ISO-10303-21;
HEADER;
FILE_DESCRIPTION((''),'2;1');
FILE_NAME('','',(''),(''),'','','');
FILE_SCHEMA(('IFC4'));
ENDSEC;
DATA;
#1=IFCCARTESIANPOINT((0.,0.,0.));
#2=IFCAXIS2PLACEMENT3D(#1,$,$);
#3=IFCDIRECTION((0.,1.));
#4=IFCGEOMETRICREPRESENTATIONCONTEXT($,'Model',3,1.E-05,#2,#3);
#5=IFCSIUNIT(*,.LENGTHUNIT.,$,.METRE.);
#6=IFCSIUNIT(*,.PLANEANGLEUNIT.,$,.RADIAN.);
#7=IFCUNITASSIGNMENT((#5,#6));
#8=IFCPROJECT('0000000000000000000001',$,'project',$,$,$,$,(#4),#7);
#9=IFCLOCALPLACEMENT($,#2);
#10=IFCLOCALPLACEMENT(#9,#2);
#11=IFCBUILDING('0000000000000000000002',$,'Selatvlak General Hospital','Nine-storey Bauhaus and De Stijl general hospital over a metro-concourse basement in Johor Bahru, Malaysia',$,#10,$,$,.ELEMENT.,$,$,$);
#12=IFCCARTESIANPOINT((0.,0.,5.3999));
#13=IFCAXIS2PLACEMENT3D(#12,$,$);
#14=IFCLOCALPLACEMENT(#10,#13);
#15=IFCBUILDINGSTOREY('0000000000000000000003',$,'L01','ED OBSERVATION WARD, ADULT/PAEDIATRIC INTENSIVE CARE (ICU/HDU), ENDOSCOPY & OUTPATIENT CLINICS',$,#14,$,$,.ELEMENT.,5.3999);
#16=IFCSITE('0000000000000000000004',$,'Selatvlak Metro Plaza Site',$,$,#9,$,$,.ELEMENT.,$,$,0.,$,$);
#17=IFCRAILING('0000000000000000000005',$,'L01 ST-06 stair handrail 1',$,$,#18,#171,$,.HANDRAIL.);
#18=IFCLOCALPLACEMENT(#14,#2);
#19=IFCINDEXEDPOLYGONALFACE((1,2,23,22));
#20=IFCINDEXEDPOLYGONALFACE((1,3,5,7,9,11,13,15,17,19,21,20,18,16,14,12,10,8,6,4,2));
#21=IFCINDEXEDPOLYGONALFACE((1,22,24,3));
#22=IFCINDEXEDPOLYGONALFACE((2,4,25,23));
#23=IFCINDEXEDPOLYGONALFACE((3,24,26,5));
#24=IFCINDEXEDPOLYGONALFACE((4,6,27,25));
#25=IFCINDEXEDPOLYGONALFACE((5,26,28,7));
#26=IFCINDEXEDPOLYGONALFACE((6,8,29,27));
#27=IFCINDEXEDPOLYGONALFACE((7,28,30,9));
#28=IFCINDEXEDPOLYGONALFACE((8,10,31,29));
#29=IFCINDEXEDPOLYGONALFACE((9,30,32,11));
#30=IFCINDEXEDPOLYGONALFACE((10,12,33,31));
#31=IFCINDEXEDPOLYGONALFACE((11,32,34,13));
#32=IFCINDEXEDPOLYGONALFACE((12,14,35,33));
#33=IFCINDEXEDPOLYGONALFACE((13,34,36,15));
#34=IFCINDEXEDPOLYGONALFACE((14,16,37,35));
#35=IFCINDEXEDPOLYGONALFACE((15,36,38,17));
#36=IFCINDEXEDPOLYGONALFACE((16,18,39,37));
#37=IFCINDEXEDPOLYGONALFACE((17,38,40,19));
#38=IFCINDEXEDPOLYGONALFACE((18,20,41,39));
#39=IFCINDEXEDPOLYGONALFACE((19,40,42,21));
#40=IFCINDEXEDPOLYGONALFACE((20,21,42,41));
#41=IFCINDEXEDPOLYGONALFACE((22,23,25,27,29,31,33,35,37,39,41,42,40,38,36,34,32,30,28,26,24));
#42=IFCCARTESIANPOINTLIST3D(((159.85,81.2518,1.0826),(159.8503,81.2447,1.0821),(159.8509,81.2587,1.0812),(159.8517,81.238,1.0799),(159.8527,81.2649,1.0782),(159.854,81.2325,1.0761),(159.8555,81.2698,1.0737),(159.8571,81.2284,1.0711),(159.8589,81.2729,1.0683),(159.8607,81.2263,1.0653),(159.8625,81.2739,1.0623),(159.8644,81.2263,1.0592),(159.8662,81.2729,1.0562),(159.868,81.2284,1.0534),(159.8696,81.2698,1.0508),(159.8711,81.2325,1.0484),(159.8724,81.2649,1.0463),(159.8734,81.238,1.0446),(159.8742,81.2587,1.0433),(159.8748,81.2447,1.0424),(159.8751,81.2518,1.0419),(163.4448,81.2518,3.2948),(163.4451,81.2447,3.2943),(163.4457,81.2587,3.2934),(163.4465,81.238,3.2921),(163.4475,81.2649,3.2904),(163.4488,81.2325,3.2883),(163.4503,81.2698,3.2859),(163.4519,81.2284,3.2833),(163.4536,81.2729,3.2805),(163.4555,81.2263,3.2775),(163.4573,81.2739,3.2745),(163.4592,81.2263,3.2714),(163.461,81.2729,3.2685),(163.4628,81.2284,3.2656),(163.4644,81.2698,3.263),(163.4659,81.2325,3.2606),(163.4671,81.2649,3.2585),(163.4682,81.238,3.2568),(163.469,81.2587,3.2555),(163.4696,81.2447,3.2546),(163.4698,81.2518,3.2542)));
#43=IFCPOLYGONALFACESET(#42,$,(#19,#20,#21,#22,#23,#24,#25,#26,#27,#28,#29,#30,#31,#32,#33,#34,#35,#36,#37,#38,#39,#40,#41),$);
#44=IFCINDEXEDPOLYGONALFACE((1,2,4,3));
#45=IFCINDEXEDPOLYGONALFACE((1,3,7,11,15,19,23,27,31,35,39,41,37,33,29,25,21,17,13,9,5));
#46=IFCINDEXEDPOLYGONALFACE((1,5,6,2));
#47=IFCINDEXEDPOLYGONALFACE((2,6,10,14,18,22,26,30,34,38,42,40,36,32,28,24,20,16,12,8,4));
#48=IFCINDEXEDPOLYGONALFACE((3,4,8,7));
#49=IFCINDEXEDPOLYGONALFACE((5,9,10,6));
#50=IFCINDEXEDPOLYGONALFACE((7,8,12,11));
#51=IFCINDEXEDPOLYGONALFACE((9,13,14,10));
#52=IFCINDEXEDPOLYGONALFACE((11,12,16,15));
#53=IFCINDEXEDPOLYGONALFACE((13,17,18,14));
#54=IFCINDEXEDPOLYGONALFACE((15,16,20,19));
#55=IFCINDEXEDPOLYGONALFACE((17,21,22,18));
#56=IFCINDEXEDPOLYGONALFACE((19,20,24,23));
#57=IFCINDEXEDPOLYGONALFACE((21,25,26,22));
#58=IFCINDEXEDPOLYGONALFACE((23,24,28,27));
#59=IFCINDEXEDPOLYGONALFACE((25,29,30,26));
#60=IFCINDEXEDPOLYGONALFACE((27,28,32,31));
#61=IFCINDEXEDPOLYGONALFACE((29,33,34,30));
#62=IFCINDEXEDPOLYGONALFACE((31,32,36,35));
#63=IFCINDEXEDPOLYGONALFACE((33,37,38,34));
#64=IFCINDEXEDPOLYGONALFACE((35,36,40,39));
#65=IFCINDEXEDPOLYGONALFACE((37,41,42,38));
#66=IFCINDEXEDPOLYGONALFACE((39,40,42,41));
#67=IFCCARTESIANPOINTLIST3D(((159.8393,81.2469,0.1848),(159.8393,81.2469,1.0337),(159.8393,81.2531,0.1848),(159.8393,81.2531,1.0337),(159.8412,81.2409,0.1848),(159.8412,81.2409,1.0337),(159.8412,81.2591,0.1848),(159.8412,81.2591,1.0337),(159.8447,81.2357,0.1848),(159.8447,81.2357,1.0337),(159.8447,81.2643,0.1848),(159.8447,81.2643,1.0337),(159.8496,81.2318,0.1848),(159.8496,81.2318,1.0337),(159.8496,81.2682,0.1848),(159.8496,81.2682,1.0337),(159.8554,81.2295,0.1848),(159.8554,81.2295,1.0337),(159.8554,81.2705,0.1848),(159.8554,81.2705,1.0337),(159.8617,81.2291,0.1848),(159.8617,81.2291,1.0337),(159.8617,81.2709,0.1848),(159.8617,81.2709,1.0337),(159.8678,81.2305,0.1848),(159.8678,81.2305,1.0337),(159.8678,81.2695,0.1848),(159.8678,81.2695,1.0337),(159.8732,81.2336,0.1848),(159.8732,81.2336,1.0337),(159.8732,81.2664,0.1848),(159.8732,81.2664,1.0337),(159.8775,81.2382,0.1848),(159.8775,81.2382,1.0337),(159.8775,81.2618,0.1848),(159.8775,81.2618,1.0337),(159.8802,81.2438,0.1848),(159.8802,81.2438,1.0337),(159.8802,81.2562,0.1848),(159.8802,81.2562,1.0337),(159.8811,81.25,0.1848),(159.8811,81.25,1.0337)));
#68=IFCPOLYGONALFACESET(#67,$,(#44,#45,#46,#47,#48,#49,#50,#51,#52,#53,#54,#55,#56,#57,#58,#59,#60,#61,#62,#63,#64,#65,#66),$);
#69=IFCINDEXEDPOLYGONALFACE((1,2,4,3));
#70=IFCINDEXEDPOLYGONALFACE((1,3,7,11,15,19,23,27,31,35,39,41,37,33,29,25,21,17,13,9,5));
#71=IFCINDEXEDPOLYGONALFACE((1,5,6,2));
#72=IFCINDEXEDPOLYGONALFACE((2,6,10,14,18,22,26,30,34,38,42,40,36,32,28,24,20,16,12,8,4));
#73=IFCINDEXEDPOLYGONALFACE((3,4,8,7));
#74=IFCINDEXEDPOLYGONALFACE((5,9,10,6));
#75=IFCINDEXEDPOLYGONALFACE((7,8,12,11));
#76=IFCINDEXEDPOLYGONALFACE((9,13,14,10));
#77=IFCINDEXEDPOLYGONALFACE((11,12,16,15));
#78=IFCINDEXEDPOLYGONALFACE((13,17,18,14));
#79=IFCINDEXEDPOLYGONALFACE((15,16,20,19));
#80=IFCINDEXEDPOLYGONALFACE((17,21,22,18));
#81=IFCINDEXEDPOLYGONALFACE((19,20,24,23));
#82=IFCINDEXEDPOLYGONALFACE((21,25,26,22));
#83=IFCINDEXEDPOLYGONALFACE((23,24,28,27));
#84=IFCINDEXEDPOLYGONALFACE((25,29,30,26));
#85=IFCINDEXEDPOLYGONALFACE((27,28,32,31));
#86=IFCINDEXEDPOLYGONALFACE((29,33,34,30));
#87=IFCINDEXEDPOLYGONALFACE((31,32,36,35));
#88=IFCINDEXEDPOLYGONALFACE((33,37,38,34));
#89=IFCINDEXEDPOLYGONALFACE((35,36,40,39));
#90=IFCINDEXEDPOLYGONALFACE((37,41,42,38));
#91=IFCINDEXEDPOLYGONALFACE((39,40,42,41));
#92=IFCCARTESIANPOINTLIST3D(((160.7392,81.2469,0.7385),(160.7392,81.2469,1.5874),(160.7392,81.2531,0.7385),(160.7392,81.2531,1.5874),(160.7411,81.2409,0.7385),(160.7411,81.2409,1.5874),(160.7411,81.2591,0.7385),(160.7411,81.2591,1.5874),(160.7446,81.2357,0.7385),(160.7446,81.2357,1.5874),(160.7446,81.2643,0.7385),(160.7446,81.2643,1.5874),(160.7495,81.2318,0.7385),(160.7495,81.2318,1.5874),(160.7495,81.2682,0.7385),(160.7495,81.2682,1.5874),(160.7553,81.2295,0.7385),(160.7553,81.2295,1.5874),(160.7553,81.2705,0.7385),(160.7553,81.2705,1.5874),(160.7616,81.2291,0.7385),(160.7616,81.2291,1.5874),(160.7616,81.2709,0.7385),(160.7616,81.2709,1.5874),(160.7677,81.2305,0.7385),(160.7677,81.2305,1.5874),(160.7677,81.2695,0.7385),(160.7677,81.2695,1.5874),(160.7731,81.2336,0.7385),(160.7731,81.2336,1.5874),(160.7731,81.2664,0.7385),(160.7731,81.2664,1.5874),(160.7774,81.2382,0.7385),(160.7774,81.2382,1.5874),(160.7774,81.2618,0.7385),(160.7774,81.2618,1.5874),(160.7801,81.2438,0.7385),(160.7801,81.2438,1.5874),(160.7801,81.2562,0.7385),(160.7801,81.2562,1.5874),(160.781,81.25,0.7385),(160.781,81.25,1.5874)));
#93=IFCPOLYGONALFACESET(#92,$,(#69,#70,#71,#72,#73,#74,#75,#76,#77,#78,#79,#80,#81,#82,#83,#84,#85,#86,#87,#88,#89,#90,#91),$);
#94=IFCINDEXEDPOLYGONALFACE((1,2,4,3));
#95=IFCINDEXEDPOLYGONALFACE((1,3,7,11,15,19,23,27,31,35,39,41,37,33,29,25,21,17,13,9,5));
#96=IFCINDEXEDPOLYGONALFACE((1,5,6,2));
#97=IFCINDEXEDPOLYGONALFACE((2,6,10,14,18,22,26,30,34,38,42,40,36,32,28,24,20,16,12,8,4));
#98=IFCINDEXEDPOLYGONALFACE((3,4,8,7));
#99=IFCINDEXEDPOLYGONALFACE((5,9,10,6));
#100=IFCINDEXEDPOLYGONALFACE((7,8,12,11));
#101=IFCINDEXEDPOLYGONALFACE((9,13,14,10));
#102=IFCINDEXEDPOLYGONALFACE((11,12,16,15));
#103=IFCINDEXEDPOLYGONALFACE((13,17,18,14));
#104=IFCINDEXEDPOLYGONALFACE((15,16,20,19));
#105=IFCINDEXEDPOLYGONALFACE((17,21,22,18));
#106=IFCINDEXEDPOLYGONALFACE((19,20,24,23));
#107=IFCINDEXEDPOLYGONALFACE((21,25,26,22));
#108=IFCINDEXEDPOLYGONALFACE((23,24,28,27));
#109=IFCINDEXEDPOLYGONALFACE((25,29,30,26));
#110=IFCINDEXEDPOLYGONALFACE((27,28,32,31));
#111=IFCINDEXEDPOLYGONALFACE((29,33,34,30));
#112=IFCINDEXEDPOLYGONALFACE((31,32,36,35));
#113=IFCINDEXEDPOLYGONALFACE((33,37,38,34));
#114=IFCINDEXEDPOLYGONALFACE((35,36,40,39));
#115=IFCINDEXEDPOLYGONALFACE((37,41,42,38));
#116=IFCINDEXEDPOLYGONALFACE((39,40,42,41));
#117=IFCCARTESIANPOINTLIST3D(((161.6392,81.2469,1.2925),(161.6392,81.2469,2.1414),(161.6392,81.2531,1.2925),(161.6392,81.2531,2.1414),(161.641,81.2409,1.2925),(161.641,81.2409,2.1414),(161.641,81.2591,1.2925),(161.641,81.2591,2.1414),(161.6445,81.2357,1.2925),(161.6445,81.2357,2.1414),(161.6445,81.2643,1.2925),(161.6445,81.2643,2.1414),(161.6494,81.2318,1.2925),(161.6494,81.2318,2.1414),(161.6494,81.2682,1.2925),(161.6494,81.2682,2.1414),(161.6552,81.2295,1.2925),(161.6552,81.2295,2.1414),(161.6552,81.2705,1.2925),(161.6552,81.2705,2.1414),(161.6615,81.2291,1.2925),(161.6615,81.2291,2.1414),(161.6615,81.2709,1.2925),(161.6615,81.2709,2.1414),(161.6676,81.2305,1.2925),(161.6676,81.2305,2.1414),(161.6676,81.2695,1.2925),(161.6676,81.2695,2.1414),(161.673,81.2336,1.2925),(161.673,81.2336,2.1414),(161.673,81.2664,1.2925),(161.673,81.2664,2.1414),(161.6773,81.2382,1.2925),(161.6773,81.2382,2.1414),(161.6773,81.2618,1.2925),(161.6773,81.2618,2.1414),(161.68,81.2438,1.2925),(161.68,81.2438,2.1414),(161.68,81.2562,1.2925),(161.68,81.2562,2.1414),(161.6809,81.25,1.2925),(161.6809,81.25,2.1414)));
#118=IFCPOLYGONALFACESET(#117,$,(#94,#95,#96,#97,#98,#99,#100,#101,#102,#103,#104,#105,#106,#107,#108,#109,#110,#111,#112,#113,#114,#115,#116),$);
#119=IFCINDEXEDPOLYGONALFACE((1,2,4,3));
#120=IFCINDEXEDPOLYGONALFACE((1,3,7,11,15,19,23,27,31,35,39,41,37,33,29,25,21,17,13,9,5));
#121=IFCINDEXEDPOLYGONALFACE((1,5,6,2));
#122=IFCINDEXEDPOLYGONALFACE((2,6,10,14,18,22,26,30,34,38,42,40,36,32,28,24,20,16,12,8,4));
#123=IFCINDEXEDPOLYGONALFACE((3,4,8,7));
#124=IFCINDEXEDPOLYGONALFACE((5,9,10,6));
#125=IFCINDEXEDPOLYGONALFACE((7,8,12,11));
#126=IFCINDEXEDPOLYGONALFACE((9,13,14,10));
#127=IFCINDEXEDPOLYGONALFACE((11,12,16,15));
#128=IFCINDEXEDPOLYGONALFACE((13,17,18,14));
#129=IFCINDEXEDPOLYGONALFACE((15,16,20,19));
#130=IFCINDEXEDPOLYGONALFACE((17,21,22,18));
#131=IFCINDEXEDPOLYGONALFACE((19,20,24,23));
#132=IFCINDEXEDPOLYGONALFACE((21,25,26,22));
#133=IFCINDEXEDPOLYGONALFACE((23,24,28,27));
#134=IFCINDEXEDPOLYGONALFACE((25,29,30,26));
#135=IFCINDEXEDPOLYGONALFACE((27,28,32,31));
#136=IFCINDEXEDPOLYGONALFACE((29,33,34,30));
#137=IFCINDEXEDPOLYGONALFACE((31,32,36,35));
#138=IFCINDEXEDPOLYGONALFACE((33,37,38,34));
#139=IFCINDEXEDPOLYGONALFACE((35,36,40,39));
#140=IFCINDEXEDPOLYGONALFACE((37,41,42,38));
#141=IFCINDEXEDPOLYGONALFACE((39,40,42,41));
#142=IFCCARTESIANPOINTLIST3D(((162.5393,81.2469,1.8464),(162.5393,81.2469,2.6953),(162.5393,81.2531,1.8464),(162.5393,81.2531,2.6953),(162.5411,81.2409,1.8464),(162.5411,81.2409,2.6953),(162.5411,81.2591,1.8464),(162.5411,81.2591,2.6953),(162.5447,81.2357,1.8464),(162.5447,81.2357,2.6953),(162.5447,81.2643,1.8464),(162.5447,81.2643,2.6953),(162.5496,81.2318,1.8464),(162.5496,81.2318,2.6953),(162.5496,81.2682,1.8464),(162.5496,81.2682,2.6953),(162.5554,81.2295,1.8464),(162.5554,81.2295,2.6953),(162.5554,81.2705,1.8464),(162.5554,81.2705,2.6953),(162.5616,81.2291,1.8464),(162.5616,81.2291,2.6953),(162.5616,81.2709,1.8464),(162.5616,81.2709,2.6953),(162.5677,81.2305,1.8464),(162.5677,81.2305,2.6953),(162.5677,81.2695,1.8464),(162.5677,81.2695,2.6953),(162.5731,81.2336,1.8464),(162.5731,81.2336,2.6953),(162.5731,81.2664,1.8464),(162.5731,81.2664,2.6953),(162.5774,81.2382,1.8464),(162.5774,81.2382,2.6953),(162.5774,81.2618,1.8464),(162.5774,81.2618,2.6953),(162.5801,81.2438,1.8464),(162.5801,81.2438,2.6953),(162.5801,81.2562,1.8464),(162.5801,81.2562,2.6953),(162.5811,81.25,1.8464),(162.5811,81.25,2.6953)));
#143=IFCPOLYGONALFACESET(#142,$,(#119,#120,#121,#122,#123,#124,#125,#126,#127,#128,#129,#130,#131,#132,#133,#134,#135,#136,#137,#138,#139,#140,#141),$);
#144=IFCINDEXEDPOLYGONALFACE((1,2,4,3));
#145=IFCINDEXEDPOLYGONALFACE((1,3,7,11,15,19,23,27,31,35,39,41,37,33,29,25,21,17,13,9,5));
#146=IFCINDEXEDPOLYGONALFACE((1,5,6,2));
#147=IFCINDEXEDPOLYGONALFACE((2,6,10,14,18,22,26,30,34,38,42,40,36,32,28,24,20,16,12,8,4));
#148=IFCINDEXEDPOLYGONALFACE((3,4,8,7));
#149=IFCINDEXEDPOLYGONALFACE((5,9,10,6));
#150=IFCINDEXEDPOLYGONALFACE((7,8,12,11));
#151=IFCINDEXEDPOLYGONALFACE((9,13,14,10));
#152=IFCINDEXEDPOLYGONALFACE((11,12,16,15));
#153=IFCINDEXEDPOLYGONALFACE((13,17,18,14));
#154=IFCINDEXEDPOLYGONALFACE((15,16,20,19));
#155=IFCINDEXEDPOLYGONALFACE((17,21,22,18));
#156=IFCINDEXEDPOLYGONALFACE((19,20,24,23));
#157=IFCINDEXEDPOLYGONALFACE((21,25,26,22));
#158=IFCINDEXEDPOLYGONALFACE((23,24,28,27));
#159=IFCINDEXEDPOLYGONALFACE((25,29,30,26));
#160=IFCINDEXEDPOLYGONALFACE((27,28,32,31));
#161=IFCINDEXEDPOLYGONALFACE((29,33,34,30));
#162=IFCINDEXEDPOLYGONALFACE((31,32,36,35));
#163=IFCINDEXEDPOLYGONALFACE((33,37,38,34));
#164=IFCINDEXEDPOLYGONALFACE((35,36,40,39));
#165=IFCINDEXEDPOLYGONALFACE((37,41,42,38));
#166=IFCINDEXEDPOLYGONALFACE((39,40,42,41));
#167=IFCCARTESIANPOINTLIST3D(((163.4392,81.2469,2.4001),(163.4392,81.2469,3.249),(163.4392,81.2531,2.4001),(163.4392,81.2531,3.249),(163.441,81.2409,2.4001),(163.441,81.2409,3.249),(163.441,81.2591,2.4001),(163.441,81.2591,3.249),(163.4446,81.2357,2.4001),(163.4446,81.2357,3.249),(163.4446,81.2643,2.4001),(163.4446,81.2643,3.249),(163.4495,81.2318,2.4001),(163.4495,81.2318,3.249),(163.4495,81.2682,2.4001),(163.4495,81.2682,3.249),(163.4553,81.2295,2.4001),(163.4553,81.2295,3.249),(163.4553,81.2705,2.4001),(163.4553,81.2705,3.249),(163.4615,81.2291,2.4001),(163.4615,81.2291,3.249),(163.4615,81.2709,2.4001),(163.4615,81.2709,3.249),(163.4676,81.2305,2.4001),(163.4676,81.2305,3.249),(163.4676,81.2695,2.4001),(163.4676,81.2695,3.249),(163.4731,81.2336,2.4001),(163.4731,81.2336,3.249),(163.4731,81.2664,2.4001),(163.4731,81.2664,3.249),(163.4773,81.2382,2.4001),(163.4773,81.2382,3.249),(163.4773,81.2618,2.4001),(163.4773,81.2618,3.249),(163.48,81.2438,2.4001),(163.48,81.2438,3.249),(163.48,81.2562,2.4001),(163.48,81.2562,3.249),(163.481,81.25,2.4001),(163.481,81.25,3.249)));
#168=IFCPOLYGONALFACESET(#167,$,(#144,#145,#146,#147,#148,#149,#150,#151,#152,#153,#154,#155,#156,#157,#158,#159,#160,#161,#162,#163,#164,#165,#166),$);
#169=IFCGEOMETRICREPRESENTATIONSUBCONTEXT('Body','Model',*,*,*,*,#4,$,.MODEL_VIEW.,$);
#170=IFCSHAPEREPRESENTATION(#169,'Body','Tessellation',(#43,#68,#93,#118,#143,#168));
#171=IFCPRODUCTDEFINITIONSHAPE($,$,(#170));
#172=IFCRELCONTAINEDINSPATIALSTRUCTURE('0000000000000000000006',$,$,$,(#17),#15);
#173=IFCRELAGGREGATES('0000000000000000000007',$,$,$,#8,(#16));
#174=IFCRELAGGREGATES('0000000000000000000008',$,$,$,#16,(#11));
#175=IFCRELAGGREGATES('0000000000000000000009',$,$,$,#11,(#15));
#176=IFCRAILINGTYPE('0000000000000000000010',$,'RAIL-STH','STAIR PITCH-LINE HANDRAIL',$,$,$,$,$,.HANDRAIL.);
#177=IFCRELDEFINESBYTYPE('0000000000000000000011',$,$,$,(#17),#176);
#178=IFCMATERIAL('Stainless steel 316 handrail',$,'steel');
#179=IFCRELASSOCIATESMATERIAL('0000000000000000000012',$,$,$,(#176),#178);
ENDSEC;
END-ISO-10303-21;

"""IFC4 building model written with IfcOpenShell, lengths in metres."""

from ifc_helpers import new_model, si_unit, direction, frame, origin, origin_2d, place, context, subcontext, project, spatial, circle, extrude, material, type_object, element, save


model = new_model("IFC4")

# Units and contexts
model_context = context("Model", 3, precision=1e-05, world=origin(), true_north=direction((0.0, 1.0)))
body_context = subcontext(model_context, "Body", "Model", "MODEL_VIEW")
ifc_project = project(units=[si_unit("LENGTHUNIT", "METRE"), si_unit("PLANEANGLEUNIT", "RADIAN")], contexts=[model_context])

# Site, building, storey
site_placement = place(None, origin())
site = spatial("IfcSite", under=ifc_project, at=site_placement, Name="Selatvlak Metro Plaza Site", CompositionType="ELEMENT", RefElevation=0.0)
building_placement = place(site_placement, origin())
building = spatial("IfcBuilding", under=site, at=building_placement, Name="Selatvlak General Hospital", Description="Nine-storey Bauhaus and De Stijl general hospital over a metro-concourse basement in Johor Bahru, Malaysia", CompositionType="ELEMENT")
storey_placement = place(building_placement, frame((0.0, 0.0, 5.3999)))
storey = spatial("IfcBuildingStorey", under=building, at=storey_placement, Name="L01", Description="ED OBSERVATION WARD, ADULT/PAEDIATRIC INTENSIVE CARE (ICU/HDU), ENDOSCOPY & OUTPATIENT CLINICS", CompositionType="ELEMENT", Elevation=5.3999)

# Railing
ifc_material_1 = material(Name="Stainless steel 316 handrail", Category="steel")
railing_type_1 = type_object("IfcRailingType", Name="RAIL-STH", Description="STAIR PITCH-LINE HANDRAIL", PredefinedType="HANDRAIL", material=ifc_material_1)
railing_1_placement = place(storey_placement, frame((159.8601, 81.25, 0.1848)))
element("IfcRailing", 1, at=railing_1_placement, inside=storey, type_object=railing_type_1, Name="L01 ST-06 stair handrail 1", PredefinedType="HANDRAIL", context=body_context, shape_type="SweptSolid", body=[
    extrude(circle(Radius=0.0239, at=origin_2d()), frame((0.0024, 0.0, 0.8774), z_axis=(0.851654, 0.0, 0.524104), x_axis=(0.0, 1.0, 0.0)), (0.0, 0.0, 1.0), 4.2209),
    extrude(circle(Radius=0.021, at=origin_2d()), origin(), (0.0, 0.0, 1.0), 0.8489),
    extrude(circle(Radius=0.021, at=origin_2d()), frame((0.8999, 0.0, 0.5537)), (0.0, 0.0, 1.0), 0.8489),
    extrude(circle(Radius=0.021, at=origin_2d()), frame((1.7998, 0.0, 1.1077)), (0.0, 0.0, 1.0), 0.8489),
    extrude(circle(Radius=0.021, at=origin_2d()), frame((2.7, 0.0, 1.6616)), (0.0, 0.0, 1.0), 0.8489),
    extrude(circle(Radius=0.021, at=origin_2d()), frame((3.5999, 0.0, 2.2153)), (0.0, 0.0, 1.0), 0.8489),
])

save(model, "model.ifc")
